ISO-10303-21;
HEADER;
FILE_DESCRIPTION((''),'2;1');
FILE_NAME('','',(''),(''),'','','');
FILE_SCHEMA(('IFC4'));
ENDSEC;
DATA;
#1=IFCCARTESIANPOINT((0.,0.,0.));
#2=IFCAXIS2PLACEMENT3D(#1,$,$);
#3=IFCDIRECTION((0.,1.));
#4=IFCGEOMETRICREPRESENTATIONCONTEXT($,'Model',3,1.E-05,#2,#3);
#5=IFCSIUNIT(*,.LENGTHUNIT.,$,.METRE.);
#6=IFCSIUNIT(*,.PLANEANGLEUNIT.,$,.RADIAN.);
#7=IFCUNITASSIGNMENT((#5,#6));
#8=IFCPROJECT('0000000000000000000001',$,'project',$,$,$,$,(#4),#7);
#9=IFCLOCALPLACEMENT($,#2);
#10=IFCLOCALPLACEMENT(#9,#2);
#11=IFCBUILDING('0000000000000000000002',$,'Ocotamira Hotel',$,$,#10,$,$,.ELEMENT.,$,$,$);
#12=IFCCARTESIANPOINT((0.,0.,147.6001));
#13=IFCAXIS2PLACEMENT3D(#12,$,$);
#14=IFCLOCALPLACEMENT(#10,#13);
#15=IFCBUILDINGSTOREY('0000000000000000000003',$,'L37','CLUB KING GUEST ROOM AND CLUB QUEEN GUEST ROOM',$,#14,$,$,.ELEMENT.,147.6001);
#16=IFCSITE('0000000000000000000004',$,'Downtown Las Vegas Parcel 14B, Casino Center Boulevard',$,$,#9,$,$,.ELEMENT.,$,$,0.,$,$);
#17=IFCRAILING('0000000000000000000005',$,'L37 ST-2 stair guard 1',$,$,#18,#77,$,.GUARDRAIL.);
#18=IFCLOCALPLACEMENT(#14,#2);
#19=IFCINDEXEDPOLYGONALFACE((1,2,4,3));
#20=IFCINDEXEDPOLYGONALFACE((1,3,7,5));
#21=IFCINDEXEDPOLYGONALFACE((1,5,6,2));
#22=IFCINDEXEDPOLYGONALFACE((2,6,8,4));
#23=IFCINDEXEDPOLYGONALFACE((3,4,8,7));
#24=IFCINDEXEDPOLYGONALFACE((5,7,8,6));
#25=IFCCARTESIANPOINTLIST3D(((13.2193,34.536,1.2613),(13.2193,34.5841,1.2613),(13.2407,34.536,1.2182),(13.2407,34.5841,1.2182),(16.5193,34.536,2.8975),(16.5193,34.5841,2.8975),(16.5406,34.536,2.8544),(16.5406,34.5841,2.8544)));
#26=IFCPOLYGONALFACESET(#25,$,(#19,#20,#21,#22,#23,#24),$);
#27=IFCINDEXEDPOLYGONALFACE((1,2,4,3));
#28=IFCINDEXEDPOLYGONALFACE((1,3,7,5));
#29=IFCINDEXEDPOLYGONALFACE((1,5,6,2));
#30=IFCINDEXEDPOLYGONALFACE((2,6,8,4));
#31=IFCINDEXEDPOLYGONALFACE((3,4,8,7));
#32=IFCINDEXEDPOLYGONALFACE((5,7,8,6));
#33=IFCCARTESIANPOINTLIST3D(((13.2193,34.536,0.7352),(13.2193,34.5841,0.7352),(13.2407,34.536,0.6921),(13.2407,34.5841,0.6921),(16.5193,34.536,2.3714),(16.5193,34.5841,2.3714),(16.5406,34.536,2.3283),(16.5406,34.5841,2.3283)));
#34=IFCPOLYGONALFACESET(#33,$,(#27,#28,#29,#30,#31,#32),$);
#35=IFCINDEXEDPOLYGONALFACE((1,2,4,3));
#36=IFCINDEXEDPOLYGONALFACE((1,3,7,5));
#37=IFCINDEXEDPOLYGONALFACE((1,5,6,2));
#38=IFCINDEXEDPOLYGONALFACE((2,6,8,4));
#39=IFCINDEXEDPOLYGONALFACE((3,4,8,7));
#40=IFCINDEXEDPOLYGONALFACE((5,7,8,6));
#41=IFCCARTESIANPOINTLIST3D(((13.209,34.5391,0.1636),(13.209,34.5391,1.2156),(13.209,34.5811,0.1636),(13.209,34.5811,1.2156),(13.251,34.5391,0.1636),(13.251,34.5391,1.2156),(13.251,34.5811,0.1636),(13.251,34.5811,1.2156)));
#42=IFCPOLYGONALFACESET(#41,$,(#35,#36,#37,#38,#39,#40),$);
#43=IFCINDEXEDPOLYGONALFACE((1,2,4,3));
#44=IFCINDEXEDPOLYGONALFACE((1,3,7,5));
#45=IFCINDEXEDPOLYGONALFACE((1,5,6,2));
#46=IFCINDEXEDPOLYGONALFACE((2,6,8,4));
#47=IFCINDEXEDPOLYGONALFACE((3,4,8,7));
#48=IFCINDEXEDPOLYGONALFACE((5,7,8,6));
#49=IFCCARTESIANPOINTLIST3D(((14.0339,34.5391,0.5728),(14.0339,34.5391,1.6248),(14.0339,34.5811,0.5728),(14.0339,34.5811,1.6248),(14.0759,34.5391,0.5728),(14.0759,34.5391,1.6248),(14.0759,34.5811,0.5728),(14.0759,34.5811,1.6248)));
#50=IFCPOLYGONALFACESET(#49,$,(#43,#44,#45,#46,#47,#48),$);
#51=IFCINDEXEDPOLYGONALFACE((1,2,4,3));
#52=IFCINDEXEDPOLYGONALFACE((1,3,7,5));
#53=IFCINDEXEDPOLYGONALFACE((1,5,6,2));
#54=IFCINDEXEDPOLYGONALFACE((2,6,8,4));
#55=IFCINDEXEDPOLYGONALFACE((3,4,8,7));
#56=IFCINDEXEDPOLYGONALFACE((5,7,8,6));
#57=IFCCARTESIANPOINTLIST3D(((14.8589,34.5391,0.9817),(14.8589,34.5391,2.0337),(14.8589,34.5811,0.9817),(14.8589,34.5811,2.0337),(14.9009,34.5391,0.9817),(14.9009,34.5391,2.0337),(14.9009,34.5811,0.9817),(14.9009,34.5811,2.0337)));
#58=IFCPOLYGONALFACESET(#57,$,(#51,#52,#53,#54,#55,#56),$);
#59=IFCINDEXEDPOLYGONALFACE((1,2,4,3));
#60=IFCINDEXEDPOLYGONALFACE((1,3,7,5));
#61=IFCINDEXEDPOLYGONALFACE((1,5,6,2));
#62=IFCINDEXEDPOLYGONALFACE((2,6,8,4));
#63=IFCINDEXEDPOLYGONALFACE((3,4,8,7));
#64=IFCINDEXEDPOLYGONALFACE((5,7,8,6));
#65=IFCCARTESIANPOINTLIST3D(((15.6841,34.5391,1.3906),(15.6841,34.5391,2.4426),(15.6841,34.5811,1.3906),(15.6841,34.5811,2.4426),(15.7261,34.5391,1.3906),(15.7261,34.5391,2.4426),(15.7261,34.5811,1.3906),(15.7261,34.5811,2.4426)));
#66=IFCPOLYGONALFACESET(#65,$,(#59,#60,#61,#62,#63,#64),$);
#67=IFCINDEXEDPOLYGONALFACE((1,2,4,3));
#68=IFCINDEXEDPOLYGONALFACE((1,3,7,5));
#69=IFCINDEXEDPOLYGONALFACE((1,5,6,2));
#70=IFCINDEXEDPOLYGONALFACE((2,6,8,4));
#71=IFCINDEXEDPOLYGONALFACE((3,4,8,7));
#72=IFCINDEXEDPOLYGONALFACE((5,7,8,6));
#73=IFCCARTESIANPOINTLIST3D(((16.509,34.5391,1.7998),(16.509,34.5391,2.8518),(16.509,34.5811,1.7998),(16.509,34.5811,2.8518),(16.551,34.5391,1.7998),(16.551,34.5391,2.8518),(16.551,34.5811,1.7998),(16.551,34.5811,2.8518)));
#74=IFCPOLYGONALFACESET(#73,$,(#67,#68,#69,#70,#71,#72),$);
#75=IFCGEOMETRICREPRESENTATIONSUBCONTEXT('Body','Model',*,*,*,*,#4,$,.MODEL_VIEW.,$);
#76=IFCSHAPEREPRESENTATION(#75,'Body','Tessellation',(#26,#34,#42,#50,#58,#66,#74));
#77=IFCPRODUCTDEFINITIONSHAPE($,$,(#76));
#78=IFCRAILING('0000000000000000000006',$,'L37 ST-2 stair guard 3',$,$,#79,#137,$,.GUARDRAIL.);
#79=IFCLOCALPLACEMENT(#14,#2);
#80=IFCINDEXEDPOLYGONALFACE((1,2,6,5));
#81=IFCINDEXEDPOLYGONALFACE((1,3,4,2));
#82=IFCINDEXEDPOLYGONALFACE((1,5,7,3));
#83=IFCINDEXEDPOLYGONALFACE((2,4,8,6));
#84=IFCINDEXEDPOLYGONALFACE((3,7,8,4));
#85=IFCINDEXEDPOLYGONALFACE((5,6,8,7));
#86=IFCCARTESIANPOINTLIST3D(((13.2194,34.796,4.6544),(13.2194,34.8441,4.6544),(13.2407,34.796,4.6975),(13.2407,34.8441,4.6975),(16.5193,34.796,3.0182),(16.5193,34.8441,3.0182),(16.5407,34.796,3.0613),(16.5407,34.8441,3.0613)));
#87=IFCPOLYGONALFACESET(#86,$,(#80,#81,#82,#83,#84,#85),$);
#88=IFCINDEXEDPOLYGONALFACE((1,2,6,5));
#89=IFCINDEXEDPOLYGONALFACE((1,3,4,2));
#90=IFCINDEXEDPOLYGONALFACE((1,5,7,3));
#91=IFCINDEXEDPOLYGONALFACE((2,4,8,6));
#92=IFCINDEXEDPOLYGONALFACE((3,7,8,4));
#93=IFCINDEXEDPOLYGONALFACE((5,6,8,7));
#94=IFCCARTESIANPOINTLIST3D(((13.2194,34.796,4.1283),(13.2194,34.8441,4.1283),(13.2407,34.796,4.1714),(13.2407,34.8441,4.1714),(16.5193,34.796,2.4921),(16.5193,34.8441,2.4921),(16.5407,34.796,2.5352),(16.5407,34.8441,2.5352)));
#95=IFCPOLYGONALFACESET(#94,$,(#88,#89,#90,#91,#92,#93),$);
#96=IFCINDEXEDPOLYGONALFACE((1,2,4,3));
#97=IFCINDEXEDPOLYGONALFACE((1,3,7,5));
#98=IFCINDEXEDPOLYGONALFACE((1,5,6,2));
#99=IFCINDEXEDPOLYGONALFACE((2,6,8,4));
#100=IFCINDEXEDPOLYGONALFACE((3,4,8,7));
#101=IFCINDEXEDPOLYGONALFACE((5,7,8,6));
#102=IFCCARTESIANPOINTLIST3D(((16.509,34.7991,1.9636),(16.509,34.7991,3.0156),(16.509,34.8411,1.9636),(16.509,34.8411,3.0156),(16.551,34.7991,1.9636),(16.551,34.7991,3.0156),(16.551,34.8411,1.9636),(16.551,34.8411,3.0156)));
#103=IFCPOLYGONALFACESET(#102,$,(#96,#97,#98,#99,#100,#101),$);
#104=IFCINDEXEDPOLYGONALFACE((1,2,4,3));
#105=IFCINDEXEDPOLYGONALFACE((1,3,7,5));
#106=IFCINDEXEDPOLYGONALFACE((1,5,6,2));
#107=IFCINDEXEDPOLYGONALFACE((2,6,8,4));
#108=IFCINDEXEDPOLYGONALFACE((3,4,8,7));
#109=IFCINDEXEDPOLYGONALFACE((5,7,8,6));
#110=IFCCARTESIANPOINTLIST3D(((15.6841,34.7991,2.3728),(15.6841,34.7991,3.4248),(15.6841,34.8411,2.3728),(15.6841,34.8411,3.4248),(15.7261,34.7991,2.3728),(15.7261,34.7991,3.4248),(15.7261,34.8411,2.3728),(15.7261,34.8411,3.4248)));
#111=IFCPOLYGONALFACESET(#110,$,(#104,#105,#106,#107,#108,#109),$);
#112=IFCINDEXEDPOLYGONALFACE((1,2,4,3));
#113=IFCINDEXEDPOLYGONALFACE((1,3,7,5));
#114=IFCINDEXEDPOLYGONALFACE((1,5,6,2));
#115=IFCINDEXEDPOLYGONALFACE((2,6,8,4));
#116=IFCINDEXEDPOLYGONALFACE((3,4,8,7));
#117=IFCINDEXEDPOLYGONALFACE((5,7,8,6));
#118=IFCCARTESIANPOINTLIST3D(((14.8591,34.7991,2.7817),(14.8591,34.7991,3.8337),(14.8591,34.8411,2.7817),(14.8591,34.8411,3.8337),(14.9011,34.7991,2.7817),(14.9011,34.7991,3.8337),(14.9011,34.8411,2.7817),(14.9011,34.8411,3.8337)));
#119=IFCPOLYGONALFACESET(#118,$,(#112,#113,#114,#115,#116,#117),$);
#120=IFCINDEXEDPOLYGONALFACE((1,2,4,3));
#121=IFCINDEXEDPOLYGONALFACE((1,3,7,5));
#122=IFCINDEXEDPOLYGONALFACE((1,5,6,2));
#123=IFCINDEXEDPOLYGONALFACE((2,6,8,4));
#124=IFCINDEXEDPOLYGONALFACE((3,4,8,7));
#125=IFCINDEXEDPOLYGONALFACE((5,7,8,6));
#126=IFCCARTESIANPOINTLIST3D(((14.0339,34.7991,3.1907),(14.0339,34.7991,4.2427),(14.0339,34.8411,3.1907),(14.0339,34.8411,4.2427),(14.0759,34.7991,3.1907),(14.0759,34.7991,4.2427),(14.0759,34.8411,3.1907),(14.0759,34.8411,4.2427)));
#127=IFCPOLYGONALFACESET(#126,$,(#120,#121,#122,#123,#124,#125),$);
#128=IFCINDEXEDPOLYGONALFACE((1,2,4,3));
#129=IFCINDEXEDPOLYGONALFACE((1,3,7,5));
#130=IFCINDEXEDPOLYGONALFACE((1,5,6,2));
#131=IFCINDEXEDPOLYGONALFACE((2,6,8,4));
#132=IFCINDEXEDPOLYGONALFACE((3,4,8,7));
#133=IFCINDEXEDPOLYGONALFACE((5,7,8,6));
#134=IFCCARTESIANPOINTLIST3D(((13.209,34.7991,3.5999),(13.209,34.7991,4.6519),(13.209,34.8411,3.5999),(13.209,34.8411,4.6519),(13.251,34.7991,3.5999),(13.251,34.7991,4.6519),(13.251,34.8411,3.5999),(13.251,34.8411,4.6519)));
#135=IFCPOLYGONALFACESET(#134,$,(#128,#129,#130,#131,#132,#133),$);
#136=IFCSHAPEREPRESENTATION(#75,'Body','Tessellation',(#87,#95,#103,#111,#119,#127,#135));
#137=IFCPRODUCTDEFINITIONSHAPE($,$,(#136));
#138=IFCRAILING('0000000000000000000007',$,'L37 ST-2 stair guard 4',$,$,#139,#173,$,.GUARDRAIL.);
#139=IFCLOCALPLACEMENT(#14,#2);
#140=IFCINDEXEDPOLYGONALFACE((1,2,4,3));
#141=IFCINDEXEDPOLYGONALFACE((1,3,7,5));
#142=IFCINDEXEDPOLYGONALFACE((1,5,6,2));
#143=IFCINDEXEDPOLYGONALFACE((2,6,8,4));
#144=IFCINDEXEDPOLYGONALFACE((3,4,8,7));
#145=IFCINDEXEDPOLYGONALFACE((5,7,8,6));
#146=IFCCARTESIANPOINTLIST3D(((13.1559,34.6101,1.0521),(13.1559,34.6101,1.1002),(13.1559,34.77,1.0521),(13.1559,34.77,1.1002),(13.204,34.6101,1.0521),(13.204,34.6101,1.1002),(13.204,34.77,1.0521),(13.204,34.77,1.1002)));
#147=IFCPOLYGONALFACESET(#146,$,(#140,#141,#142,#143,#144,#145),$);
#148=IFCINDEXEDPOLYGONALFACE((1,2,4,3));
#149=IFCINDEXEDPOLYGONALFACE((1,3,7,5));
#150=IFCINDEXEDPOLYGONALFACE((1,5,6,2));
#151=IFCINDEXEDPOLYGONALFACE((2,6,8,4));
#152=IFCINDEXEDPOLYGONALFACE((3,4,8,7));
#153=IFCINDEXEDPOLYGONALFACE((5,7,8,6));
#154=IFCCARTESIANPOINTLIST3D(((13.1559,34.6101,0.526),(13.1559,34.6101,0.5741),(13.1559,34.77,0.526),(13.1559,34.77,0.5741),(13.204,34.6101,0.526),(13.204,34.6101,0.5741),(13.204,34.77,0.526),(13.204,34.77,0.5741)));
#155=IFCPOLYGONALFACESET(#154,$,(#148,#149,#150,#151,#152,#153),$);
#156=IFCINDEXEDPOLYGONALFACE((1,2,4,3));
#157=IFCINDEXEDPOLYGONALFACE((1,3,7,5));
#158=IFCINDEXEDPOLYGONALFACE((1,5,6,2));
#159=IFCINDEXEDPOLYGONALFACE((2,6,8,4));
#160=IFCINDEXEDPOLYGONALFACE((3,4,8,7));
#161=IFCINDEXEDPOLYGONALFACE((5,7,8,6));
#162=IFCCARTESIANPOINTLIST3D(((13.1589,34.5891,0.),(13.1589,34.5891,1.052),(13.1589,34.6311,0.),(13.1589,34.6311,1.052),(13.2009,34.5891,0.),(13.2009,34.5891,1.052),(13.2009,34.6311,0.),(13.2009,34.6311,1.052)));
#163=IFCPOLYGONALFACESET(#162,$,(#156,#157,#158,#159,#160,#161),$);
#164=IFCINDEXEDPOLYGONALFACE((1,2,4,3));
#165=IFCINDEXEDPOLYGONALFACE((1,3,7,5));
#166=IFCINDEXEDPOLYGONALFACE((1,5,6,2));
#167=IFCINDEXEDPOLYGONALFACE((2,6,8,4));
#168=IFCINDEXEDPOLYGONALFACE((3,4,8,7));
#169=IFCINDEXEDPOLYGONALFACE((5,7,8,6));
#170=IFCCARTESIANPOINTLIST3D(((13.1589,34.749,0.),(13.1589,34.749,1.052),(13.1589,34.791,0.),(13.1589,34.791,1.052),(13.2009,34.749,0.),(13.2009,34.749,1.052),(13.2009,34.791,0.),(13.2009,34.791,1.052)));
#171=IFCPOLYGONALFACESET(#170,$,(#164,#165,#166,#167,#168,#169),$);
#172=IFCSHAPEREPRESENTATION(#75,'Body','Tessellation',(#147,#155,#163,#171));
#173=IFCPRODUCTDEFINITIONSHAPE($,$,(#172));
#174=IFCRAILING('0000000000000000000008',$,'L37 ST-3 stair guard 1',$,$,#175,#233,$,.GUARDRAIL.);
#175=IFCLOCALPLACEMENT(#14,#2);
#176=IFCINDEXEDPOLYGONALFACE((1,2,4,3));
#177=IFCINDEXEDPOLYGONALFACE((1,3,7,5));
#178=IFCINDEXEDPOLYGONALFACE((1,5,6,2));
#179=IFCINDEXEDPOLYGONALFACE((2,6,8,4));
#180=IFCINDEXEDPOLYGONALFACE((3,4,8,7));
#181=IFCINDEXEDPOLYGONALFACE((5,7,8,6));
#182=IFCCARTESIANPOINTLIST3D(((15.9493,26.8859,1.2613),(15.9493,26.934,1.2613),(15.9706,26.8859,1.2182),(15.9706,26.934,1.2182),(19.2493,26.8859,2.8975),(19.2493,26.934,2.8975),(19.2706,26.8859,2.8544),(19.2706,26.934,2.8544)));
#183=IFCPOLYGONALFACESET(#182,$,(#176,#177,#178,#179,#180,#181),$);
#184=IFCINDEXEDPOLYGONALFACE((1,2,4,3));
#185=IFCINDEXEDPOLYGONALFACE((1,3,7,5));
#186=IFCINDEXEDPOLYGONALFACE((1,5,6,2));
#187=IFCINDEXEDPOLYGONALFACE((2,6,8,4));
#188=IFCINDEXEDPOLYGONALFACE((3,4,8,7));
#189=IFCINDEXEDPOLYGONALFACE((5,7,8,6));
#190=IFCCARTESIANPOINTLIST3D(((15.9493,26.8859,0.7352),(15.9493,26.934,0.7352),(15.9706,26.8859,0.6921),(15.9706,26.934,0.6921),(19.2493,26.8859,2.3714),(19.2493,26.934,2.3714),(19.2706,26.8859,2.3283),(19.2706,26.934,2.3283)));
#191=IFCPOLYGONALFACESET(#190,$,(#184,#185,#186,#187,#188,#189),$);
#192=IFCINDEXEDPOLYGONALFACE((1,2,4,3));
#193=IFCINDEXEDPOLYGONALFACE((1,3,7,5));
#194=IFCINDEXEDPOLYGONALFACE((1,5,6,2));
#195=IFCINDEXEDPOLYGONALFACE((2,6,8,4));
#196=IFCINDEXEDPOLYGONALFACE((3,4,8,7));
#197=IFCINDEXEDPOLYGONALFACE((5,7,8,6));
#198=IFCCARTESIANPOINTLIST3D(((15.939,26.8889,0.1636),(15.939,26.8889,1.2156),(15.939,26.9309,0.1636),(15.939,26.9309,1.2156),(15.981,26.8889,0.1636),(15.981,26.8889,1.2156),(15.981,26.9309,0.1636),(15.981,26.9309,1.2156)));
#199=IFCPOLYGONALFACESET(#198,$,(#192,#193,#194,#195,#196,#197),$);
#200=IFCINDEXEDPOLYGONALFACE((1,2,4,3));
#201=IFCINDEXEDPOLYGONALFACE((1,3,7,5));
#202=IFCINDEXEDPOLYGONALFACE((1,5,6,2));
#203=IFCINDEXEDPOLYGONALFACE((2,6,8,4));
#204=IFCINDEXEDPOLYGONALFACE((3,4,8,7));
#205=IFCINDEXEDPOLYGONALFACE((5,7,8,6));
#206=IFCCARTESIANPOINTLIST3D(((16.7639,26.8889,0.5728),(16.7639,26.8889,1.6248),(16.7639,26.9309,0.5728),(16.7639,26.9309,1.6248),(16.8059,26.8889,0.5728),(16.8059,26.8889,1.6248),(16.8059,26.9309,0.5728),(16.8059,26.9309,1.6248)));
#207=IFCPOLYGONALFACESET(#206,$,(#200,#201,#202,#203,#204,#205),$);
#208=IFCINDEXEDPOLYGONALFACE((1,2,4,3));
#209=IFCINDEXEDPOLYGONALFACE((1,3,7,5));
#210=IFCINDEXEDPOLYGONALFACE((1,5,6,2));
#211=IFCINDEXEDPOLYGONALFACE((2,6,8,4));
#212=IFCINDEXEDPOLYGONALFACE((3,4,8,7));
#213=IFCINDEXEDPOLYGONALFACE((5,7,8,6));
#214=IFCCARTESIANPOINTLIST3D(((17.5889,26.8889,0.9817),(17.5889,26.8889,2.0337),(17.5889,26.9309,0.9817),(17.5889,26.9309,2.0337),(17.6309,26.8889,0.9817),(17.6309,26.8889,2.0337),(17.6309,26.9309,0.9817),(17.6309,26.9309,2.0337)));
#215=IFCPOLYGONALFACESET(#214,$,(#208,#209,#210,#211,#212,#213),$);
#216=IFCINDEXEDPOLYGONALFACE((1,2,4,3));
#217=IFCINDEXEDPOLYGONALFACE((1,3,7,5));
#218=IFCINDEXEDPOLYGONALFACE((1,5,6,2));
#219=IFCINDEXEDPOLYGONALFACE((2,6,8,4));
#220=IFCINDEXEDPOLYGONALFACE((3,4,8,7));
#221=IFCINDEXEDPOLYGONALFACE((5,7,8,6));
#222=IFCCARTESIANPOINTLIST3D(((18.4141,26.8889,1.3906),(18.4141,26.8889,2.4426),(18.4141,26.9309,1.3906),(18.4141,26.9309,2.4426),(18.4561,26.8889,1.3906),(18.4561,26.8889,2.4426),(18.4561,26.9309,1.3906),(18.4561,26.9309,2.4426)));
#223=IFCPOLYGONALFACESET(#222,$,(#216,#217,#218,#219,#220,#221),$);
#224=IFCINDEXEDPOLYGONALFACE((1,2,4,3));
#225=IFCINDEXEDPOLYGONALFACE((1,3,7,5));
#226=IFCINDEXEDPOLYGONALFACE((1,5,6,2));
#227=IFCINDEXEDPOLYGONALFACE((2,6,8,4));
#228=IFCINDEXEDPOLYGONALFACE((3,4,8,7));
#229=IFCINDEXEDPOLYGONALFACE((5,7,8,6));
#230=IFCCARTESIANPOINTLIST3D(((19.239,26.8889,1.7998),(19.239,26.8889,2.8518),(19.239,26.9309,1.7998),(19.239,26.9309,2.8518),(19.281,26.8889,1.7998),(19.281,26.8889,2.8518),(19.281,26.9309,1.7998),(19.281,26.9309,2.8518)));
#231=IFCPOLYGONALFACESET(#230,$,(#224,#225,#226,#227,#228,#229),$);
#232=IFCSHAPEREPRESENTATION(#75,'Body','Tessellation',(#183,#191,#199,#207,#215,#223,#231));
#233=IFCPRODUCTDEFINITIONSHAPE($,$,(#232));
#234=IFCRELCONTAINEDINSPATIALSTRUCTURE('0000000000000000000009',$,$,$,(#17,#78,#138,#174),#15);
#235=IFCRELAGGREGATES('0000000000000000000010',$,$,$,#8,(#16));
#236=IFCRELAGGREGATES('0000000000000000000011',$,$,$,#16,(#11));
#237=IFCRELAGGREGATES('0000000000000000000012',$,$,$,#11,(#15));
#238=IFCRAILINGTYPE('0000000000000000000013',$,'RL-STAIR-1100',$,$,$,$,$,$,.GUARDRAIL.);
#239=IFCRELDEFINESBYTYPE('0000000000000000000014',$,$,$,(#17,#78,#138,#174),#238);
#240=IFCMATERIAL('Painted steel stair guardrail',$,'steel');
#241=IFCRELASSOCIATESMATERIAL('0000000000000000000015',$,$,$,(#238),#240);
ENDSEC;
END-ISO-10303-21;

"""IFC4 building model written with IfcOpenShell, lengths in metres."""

from ifc_helpers import new_model, si_unit, direction, frame, origin, origin_2d, place, context, subcontext, project, spatial, rectangle, extrude, material, type_object, element, save


model = new_model("IFC4")

# Units and contexts
model_context = context("Model", 3, precision=1e-05, world=origin(), true_north=direction((0.0, 1.0)))
body_context = subcontext(model_context, "Body", "Model", "MODEL_VIEW")
ifc_project = project(units=[si_unit("LENGTHUNIT", "METRE"), si_unit("PLANEANGLEUNIT", "RADIAN")], contexts=[model_context])

# Site, building, storey
site_placement = place(None, origin())
site = spatial("IfcSite", under=ifc_project, at=site_placement, Name="Downtown Las Vegas Parcel 14B, Casino Center Boulevard", CompositionType="ELEMENT", RefElevation=0.0)
building_placement = place(site_placement, origin())
building = spatial("IfcBuilding", under=site, at=building_placement, Name="Ocotamira Hotel", CompositionType="ELEMENT")
storey_placement = place(building_placement, frame((0.0, 0.0, 147.6001)))
storey = spatial("IfcBuildingStorey", under=building, at=storey_placement, Name="L37", Description="CLUB KING GUEST ROOM AND CLUB QUEEN GUEST ROOM", CompositionType="ELEMENT", Elevation=147.6001)

# Railings
ifc_material_1 = material(Name="Painted steel stair guardrail", Category="steel")
railing_type_1 = type_object("IfcRailingType", Name="RL-STAIR-1100", PredefinedType="GUARDRAIL", material=ifc_material_1)
railing_1_placement = place(storey_placement, frame((13.23, 34.5601, 0.1636)))
element("IfcRailing", 1, at=railing_1_placement, inside=storey, type_object=railing_type_1, Name="L37 ST-2 stair guard 1", PredefinedType="GUARDRAIL", context=body_context, shape_type="SweptSolid", body=[
    extrude(rectangle(XDim=0.0481, YDim=0.0481, at=origin_2d()), frame((0.0, 0.0, 1.0762), z_axis=(0.89592, 0.0, 0.444215), x_axis=(0.0, 1.0, 0.0)), (0.0, 0.0, 1.0), 3.6833),
    extrude(rectangle(XDim=0.0481, YDim=0.0481, at=origin_2d()), frame((0.0, 0.0, 0.55), z_axis=(0.89592, 0.0, 0.444215), x_axis=(0.0, 1.0, 0.0)), (0.0, 0.0, 1.0), 3.6833),
    extrude(rectangle(XDim=0.042, YDim=0.042, at=origin_2d()), origin(), (0.0, 0.0, 1.0), 1.052),
    extrude(rectangle(XDim=0.042, YDim=0.042, at=origin_2d()), frame((0.825, 0.0, 0.4092)), (0.0, 0.0, 1.0), 1.052),
    extrude(rectangle(XDim=0.042, YDim=0.042, at=origin_2d()), frame((1.6499, 0.0, 0.8181)), (0.0, 0.0, 1.0), 1.052),
    extrude(rectangle(XDim=0.042, YDim=0.042, at=origin_2d()), frame((2.4751, 0.0, 1.2271)), (0.0, 0.0, 1.0), 1.052),
    extrude(rectangle(XDim=0.042, YDim=0.042, at=origin_2d()), frame((3.3, 0.0, 1.6362)), (0.0, 0.0, 1.0), 1.052),
])
railing_2_placement = place(storey_placement, frame((16.53, 34.8201, 1.9636)))
element("IfcRailing", 2, at=railing_2_placement, inside=storey, type_object=railing_type_1, Name="L37 ST-2 stair guard 3", PredefinedType="GUARDRAIL", context=body_context, shape_type="SweptSolid", body=[
    extrude(rectangle(XDim=0.0481, YDim=0.0481, at=origin_2d()), frame((0.0, 0.0, 1.0762), z_axis=(-0.89592, 0.0, 0.444215), x_axis=(0.0, -1.0, 0.0)), (0.0, 0.0, 1.0), 3.6833),
    extrude(rectangle(XDim=0.0481, YDim=0.0481, at=origin_2d()), frame((0.0, 0.0, 0.55), z_axis=(-0.89592, 0.0, 0.444215), x_axis=(0.0, -1.0, 0.0)), (0.0, 0.0, 1.0), 3.6833),
    extrude(rectangle(XDim=0.042, YDim=0.042, at=origin_2d()), origin(), (0.0, 0.0, 1.0), 1.052),
    extrude(rectangle(XDim=0.042, YDim=0.042, at=origin_2d()), frame((-0.825, 0.0, 0.4092)), (0.0, 0.0, 1.0), 1.052),
    extrude(rectangle(XDim=0.042, YDim=0.042, at=origin_2d()), frame((-1.6499, 0.0, 0.8181)), (0.0, 0.0, 1.0), 1.052),
    extrude(rectangle(XDim=0.042, YDim=0.042, at=origin_2d()), frame((-2.4751, 0.0, 1.2271)), (0.0, 0.0, 1.0), 1.052),
    extrude(rectangle(XDim=0.042, YDim=0.042, at=origin_2d()), frame((-3.3, 0.0, 1.6362)), (0.0, 0.0, 1.0), 1.052),
])
railing_3_placement = place(storey_placement, frame((13.1799, 34.6101, 0.0)))
element("IfcRailing", 3, at=railing_3_placement, inside=storey, type_object=railing_type_1, Name="L37 ST-2 stair guard 4", PredefinedType="GUARDRAIL", context=body_context, shape_type="SweptSolid", body=[
    extrude(rectangle(XDim=0.0481, YDim=0.0481, at=origin_2d()), frame((0.0, 0.0, 1.0762), z_axis=(0.0, 1.0, 0.0), x_axis=(-1.0, 0.0, 0.0)), (0.0, 0.0, 1.0), 0.1599),
    extrude(rectangle(XDim=0.0481, YDim=0.0481, at=origin_2d()), frame((0.0, 0.0, 0.55), z_axis=(0.0, 1.0, 0.0), x_axis=(-1.0, 0.0, 0.0)), (0.0, 0.0, 1.0), 0.1599),
    extrude(rectangle(XDim=0.042, YDim=0.042, at=origin_2d()), origin(), (0.0, 0.0, 1.0), 1.052),
    extrude(rectangle(XDim=0.042, YDim=0.042, at=origin_2d()), frame((0.0, 0.1599, 0.0)), (0.0, 0.0, 1.0), 1.052),
])
railing_4_placement = place(storey_placement, frame((15.96, 26.9099, 0.1636)))
element("IfcRailing", 4, at=railing_4_placement, inside=storey, type_object=railing_type_1, Name="L37 ST-3 stair guard 1", PredefinedType="GUARDRAIL", context=body_context, shape_type="SweptSolid", body=[
    extrude(rectangle(XDim=0.0481, YDim=0.0481, at=origin_2d()), frame((0.0, 0.0, 1.0762), z_axis=(0.89592, 0.0, 0.444215), x_axis=(0.0, 1.0, 0.0)), (0.0, 0.0, 1.0), 3.6833),
    extrude(rectangle(XDim=0.0481, YDim=0.0481, at=origin_2d()), frame((0.0, 0.0, 0.55), z_axis=(0.89592, 0.0, 0.444215), x_axis=(0.0, 1.0, 0.0)), (0.0, 0.0, 1.0), 3.6833),
    extrude(rectangle(XDim=0.042, YDim=0.042, at=origin_2d()), origin(), (0.0, 0.0, 1.0), 1.052),
    extrude(rectangle(XDim=0.042, YDim=0.042, at=origin_2d()), frame((0.825, 0.0, 0.4092)), (0.0, 0.0, 1.0), 1.052),
    extrude(rectangle(XDim=0.042, YDim=0.042, at=origin_2d()), frame((1.6499, 0.0, 0.8181)), (0.0, 0.0, 1.0), 1.052),
    extrude(rectangle(XDim=0.042, YDim=0.042, at=origin_2d()), frame((2.4751, 0.0, 1.2271)), (0.0, 0.0, 1.0), 1.052),
    extrude(rectangle(XDim=0.042, YDim=0.042, at=origin_2d()), frame((3.3, 0.0, 1.6362)), (0.0, 0.0, 1.0), 1.052),
])

save(model, "model.ifc")
